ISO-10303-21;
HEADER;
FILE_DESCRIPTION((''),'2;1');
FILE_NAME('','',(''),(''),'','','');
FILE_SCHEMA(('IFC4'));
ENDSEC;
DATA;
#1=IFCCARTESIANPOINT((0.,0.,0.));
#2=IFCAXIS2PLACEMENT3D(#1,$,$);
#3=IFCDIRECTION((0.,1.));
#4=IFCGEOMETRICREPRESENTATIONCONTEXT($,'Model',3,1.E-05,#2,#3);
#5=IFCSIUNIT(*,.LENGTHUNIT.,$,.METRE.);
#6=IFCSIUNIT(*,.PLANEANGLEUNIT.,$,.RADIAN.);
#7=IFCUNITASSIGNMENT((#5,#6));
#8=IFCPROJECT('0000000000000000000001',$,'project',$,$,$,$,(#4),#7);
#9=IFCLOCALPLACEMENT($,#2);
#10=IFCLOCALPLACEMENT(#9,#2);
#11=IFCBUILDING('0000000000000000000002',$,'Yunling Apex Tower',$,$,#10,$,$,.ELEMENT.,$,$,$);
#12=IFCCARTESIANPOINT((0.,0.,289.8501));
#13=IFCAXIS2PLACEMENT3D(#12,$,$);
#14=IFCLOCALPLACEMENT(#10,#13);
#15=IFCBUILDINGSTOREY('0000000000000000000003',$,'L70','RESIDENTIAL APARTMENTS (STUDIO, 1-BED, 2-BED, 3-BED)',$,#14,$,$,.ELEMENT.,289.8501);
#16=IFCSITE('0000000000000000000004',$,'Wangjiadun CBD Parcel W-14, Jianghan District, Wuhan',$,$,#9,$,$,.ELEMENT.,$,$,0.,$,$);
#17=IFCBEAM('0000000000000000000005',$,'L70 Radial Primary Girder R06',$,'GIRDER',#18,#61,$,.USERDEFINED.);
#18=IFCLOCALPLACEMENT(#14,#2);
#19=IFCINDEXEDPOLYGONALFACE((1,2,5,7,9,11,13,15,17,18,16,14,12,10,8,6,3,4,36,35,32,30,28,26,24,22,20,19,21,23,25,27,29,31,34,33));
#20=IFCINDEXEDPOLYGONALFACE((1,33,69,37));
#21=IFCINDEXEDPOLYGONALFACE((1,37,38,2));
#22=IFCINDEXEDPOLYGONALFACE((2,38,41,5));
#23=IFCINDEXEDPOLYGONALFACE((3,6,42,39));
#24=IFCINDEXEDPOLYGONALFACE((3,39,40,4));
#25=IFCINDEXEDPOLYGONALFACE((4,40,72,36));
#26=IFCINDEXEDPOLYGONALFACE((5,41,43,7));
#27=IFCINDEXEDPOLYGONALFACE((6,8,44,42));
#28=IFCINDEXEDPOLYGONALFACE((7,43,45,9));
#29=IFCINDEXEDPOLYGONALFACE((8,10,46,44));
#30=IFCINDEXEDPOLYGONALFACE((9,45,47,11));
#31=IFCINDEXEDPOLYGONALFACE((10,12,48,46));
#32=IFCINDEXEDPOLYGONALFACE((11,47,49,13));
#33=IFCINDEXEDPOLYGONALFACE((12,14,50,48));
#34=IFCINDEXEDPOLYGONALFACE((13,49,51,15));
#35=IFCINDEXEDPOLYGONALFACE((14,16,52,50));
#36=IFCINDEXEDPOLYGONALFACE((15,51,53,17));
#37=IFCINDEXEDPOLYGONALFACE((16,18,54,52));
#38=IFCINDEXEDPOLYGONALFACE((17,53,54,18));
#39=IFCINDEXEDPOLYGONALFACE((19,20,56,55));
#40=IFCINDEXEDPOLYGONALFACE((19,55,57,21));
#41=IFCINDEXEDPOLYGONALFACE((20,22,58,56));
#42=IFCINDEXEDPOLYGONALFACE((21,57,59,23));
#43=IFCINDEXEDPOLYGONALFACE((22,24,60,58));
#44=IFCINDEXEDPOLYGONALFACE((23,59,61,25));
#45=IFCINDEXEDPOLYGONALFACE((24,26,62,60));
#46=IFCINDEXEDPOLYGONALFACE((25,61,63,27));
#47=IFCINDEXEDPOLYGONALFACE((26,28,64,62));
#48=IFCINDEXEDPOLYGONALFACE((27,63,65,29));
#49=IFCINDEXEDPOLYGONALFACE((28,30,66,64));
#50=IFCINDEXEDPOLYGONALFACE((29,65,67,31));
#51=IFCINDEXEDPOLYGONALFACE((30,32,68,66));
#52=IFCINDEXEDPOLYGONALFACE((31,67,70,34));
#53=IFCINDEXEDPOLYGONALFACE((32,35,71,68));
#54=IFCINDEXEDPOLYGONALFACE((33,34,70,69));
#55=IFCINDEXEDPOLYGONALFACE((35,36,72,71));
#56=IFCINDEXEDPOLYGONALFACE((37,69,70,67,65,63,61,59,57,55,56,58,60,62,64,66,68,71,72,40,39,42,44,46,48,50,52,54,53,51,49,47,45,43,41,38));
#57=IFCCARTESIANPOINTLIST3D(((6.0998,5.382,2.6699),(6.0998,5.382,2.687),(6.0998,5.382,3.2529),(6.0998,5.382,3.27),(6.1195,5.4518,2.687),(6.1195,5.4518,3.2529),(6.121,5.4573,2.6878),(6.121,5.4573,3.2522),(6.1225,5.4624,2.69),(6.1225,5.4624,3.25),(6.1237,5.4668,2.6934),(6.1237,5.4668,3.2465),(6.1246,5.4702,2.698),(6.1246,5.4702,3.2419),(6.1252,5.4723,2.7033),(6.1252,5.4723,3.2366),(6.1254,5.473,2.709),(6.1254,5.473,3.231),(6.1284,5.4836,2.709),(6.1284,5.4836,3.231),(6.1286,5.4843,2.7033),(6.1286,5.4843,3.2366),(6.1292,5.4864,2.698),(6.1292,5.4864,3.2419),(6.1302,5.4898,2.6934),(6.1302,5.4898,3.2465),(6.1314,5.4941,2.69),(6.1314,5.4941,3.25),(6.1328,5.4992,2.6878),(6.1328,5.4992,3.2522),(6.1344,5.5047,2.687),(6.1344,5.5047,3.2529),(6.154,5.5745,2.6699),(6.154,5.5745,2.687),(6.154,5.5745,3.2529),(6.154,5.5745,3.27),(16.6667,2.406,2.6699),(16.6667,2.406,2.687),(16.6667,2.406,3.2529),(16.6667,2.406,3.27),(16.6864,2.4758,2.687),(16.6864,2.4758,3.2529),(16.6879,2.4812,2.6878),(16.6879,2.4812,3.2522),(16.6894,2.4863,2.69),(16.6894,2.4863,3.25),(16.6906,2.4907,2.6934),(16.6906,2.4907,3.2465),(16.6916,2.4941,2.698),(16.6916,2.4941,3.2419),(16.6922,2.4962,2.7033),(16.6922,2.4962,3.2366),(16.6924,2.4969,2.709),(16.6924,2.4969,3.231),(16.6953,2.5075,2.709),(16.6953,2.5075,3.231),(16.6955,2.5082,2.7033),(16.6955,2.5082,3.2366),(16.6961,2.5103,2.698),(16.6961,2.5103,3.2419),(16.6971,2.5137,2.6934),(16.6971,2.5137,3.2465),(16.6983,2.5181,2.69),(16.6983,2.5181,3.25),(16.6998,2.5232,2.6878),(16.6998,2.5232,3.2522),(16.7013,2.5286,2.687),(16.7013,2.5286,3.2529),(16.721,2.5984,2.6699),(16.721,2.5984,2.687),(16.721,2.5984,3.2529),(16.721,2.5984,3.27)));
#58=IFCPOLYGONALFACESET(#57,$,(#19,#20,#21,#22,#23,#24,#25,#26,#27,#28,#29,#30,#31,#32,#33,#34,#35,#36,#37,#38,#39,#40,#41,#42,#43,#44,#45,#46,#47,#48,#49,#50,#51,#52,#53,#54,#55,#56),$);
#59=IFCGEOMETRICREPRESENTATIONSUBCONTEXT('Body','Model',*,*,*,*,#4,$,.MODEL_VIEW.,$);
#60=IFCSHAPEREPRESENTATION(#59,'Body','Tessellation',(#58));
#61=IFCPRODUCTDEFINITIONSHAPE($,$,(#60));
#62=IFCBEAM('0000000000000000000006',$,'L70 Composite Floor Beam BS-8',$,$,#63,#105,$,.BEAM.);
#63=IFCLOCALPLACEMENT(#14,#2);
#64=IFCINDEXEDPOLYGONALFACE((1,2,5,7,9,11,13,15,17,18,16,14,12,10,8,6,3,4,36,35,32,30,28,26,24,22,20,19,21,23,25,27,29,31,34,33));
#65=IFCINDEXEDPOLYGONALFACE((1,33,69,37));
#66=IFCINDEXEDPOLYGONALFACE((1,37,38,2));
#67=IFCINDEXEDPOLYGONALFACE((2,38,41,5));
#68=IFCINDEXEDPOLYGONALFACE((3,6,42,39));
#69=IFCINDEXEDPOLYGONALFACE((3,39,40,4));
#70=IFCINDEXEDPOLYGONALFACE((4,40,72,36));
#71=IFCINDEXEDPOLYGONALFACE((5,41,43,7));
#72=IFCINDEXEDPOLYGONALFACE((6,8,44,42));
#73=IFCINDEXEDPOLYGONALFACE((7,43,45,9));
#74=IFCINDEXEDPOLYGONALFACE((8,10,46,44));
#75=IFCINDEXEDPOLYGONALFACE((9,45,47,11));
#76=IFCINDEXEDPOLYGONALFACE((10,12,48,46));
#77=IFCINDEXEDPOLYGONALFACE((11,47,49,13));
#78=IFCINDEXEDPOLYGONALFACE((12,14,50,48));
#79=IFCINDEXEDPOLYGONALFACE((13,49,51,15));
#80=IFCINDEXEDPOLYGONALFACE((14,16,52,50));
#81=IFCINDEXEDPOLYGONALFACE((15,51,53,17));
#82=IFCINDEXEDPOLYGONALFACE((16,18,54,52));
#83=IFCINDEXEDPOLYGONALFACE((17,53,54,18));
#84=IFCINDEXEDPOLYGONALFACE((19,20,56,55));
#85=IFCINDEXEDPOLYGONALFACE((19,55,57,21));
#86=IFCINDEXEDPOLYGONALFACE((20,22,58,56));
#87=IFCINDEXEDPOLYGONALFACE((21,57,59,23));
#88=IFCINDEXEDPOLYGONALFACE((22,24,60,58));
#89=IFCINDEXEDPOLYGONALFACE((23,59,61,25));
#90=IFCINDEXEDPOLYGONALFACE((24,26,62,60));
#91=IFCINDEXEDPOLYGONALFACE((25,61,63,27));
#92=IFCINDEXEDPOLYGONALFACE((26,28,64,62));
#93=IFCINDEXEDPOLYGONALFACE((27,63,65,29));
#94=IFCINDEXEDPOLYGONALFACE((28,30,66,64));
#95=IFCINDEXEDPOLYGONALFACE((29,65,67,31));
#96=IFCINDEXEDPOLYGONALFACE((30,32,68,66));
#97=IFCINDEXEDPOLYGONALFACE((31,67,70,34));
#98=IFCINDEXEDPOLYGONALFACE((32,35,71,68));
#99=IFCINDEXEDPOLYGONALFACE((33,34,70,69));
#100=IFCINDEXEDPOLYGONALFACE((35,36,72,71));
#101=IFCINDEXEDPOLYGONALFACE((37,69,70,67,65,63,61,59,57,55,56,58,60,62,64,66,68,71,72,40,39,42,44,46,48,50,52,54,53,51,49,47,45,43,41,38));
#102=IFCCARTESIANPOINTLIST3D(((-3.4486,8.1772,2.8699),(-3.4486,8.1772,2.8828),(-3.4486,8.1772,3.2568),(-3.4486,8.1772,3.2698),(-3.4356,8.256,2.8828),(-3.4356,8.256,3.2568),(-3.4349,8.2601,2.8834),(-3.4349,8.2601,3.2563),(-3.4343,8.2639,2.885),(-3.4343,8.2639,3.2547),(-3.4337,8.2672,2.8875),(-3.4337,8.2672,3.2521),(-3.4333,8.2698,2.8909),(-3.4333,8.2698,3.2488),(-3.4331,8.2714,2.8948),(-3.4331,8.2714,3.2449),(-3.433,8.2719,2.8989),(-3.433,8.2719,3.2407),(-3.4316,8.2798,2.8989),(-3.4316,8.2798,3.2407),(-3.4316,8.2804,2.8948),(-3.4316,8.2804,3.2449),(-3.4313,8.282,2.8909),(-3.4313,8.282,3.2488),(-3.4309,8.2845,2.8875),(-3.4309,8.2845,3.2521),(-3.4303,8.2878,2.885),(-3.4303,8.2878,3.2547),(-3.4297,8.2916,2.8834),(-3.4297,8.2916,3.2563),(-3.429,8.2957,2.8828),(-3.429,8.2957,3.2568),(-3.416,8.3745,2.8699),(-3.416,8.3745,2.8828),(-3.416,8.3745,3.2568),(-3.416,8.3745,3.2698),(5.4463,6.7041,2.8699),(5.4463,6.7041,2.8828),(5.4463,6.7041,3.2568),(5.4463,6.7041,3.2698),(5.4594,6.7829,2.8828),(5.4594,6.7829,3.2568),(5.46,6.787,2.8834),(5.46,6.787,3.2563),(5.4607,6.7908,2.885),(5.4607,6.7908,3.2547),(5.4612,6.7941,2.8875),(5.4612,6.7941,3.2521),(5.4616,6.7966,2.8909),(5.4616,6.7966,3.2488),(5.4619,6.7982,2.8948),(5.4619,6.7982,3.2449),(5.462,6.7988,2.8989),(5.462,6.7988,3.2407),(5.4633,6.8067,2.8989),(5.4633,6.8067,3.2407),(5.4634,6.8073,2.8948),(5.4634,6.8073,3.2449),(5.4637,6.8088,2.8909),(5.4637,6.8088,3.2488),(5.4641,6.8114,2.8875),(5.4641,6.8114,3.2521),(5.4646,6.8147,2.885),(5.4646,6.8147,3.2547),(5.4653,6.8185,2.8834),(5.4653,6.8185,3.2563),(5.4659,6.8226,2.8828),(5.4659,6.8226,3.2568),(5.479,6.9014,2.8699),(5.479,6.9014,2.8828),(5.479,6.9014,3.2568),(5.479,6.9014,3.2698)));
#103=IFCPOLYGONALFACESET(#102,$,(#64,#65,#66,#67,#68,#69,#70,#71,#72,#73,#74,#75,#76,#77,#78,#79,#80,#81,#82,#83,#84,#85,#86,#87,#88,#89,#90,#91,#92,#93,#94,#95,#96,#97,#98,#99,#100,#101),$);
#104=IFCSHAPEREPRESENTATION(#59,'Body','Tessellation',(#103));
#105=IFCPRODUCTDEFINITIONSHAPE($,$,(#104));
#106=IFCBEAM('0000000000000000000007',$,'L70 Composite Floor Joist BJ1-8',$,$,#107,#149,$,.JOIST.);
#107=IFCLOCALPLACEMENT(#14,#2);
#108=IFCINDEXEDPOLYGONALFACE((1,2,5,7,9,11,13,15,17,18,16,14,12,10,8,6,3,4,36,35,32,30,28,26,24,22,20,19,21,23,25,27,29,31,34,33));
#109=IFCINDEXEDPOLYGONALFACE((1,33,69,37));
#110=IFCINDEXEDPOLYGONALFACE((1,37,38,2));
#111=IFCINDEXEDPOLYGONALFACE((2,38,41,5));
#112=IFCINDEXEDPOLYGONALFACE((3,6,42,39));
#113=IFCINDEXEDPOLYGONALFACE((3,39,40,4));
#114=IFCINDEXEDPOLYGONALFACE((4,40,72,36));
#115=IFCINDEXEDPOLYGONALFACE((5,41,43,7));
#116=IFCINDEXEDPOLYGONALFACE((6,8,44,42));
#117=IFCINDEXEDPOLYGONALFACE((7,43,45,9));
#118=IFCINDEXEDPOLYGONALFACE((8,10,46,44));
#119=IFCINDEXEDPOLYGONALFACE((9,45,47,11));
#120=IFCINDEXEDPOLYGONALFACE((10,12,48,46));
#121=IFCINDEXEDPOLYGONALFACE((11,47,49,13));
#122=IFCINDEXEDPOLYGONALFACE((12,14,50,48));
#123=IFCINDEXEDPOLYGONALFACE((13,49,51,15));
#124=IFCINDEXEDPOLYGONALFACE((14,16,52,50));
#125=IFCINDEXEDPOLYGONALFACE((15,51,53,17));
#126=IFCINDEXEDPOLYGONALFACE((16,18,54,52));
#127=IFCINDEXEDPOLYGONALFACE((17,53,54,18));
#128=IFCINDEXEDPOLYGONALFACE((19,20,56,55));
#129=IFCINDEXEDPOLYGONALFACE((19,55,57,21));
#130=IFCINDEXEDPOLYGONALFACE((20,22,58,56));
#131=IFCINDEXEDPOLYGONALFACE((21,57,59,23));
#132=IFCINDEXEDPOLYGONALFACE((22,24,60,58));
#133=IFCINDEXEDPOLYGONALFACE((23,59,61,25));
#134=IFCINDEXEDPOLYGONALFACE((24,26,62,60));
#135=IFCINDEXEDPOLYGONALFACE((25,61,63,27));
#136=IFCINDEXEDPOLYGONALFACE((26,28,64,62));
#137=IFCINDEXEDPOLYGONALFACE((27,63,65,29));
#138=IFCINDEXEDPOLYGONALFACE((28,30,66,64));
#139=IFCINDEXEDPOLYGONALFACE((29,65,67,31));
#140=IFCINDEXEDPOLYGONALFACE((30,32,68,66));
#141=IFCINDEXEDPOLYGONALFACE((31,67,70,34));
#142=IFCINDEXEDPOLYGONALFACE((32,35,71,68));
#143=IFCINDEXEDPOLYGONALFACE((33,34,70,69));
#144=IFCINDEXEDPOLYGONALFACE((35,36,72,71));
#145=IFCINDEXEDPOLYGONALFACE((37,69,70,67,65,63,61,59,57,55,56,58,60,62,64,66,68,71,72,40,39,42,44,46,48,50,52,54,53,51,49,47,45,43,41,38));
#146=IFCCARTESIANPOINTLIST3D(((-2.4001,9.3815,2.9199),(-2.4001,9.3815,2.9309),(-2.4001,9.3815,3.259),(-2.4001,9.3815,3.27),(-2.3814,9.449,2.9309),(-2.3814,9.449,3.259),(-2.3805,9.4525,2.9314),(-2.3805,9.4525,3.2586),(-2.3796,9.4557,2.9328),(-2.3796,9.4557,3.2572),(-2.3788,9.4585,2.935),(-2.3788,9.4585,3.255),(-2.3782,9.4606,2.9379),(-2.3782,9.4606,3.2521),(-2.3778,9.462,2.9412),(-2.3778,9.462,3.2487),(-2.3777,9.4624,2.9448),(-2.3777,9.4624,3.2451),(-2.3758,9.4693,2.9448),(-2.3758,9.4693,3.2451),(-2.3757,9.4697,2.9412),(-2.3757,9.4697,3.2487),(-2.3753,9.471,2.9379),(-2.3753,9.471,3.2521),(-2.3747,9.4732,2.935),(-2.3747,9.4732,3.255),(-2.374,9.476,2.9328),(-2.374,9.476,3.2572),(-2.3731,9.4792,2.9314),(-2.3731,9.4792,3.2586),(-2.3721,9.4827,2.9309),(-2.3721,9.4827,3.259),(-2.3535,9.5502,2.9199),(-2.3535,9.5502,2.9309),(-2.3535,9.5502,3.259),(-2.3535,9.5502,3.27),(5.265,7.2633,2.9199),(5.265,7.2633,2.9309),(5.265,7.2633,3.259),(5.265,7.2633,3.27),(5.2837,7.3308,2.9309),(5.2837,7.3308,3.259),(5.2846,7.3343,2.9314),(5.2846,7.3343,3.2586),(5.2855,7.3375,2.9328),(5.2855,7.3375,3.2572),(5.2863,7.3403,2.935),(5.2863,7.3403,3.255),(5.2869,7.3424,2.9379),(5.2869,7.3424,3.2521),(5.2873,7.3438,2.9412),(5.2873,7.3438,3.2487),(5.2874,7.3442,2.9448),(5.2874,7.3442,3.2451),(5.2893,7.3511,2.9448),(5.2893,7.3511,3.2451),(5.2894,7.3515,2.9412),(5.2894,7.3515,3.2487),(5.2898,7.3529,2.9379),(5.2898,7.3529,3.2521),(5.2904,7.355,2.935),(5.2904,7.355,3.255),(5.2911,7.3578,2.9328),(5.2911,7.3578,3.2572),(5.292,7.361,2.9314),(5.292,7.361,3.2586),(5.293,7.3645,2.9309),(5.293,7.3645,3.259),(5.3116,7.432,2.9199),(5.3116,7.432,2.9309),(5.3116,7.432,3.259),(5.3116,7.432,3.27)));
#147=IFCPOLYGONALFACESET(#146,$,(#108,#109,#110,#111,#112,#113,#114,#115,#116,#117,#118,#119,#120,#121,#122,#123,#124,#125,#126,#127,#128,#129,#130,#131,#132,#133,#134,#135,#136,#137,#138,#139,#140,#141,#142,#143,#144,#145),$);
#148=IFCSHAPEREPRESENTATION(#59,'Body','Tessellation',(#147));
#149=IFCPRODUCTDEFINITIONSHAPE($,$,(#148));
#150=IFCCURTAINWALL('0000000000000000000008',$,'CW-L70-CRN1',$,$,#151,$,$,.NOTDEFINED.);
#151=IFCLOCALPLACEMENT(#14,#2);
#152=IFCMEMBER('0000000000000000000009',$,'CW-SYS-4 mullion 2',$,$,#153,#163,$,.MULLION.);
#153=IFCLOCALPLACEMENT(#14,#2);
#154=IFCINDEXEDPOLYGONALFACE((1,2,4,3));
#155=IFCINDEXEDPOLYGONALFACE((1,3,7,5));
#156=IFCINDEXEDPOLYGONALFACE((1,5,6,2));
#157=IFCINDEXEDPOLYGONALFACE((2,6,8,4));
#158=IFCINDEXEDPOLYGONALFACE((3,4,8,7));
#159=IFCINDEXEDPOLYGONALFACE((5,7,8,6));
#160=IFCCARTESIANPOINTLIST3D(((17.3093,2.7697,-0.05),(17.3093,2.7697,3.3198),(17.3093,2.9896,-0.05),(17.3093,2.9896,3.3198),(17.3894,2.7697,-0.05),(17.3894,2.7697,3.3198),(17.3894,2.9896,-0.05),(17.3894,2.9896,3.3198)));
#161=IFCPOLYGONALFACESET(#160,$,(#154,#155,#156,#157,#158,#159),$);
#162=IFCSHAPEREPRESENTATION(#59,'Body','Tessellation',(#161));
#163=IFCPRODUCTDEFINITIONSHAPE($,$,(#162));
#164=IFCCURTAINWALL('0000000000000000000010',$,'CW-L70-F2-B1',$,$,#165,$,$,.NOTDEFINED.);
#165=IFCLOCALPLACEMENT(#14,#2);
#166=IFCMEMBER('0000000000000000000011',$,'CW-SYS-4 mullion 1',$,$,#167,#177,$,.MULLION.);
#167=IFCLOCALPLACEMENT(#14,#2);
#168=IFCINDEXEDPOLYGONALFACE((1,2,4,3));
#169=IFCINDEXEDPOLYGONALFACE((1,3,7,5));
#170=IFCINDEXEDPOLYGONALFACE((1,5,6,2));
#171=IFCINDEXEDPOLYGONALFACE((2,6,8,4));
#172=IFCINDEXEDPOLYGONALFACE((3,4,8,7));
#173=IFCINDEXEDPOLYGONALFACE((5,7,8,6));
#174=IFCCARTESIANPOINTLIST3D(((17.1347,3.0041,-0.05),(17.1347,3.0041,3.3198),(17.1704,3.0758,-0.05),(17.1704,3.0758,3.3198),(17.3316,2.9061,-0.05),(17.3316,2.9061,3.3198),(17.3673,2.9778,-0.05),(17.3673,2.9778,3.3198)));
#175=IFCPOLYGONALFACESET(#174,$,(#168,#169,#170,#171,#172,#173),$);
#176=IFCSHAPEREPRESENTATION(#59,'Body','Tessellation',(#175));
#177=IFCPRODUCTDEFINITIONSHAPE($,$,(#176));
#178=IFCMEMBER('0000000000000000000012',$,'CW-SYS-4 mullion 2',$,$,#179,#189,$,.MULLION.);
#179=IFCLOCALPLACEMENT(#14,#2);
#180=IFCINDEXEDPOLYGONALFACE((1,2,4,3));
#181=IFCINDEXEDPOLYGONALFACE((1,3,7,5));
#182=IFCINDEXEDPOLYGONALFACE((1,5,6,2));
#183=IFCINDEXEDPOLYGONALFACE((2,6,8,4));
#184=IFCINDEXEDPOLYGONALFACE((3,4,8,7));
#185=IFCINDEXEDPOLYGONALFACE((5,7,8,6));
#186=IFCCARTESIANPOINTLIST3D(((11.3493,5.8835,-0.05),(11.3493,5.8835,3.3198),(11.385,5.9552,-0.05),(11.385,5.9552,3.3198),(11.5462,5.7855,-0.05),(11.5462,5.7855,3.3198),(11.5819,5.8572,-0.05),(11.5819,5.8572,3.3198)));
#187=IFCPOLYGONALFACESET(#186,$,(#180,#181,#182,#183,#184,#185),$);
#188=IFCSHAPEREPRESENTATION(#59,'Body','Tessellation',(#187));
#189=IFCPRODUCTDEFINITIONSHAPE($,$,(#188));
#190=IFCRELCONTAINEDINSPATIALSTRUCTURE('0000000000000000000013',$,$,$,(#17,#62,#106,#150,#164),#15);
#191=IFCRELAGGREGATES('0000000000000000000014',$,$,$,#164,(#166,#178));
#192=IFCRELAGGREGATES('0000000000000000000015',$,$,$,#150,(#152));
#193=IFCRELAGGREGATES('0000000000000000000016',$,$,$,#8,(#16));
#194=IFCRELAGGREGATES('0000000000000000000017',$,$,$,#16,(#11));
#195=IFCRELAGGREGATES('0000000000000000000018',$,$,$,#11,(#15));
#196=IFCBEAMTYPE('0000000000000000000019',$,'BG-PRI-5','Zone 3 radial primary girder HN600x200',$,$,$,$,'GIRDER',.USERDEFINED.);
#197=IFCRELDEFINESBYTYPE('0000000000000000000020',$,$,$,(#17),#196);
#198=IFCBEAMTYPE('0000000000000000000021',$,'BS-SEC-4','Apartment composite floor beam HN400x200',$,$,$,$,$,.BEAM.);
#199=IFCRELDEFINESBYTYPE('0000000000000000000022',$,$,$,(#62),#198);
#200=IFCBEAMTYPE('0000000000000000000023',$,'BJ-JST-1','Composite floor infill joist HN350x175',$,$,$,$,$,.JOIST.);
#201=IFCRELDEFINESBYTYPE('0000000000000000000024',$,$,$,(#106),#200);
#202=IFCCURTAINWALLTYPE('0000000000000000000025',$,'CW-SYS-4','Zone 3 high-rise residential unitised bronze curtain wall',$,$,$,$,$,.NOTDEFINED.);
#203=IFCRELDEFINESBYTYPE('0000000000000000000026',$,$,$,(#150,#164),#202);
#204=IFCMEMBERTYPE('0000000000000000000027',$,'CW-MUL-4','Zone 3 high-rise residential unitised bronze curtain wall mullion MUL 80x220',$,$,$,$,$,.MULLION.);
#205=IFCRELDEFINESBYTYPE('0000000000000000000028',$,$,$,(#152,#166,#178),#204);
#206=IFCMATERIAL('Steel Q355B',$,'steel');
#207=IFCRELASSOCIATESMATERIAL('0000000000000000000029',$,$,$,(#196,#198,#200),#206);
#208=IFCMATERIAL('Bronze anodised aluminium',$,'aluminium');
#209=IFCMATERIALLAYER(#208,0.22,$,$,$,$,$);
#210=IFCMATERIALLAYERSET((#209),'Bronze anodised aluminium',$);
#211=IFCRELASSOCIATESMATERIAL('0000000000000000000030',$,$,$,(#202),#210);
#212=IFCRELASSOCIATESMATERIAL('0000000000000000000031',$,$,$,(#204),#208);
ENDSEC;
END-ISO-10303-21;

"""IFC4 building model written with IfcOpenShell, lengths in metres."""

from ifc_helpers import new_model, si_unit, direction, frame, origin, origin_2d, place, context, subcontext, project, spatial, rectangle, i_section, extrude, source, transform, mapped, material, layer, layer_set, material_profile, profile_set, type_object, element, aggregate, save


model = new_model("IFC4")

# Units and contexts
model_context = context("Model", 3, precision=1e-05, world=origin(), true_north=direction((0.0, 1.0)))
body_context = subcontext(model_context, "Body", "Model", "MODEL_VIEW")
ifc_project = project(units=[si_unit("LENGTHUNIT", "METRE"), si_unit("PLANEANGLEUNIT", "RADIAN")], contexts=[model_context])

# Site, building, storey
site_placement = place(None, origin())
site = spatial("IfcSite", under=ifc_project, at=site_placement, Name="Wangjiadun CBD Parcel W-14, Jianghan District, Wuhan", CompositionType="ELEMENT", RefElevation=0.0)
building_placement = place(site_placement, origin())
building = spatial("IfcBuilding", under=site, at=building_placement, Name="Yunling Apex Tower", CompositionType="ELEMENT")
storey_placement = place(building_placement, frame((0.0, 0.0, 289.8501)))
storey = spatial("IfcBuildingStorey", under=building, at=storey_placement, Name="L70", Description="RESIDENTIAL APARTMENTS (STUDIO, 1-BED, 2-BED, 3-BED)", CompositionType="ELEMENT", Elevation=289.8501)

# Shared definitions
ifc_material_1 = material(Name="Steel Q355B", Category="steel")

# Beams
ifc_material_profile_1 = material_profile(ifc_material_1, i_section(OverallWidth=0.2, OverallDepth=0.6001, WebThickness=0.011, FlangeThickness=0.0171, FilletRadius=0.022, at=origin_2d()))
ifc_profile_set_1 = profile_set([ifc_material_profile_1], Name="Steel Q355B")
beam_type_1 = type_object("IfcBeamType", Name="BG-PRI-5", Description="Zone 3 radial primary girder HN600x200", ElementType="GIRDER", PredefinedType="USERDEFINED", material=ifc_profile_set_1)
shared_shape_1 = source(origin(), body_context, "Body", "SweptSolid", [
    extrude(i_section(OverallWidth=0.2, OverallDepth=0.6001, WebThickness=0.011, FlangeThickness=0.0171, FilletRadius=0.022, at=origin_2d()), origin(), (0.0, 0.0, 1.0), 10.978),
])
beam_1_placement = place(storey_placement, frame((16.6938, 2.5022, 2.97), z_axis=(-0.962553, 0.271095, 0.0), x_axis=(-0.271095, -0.962553, 0.0)))
element("IfcBeam", 1, at=beam_1_placement, inside=storey, type_object=beam_type_1, Name="L70 Radial Primary Girder R06", ObjectType="GIRDER", PredefinedType="USERDEFINED", context=body_context, shape_type="MappedRepresentation", body=[
    mapped(shared_shape_1, transform((0.0, 0.0, 0.0), scale=1.0)),
])
ifc_material_profile_2 = material_profile(ifc_material_1, i_section(OverallWidth=0.2, OverallDepth=0.3999, WebThickness=0.0081, FlangeThickness=0.0129, FilletRadius=0.0161, at=origin_2d()))
ifc_profile_set_2 = profile_set([ifc_material_profile_2], Name="Steel Q355B")
beam_type_2 = type_object("IfcBeamType", Name="BS-SEC-4", Description="Apartment composite floor beam HN400x200", PredefinedType="BEAM", material=ifc_profile_set_2)
shared_shape_2 = source(origin(), body_context, "Body", "SweptSolid", [
    extrude(i_section(OverallWidth=0.2, OverallDepth=0.3999, WebThickness=0.0081, FlangeThickness=0.0129, FilletRadius=0.0161, at=origin_2d()), origin(), (0.0, 0.0, 1.0), 9.0161),
])
beam_2_placement = place(storey_placement, frame((5.4626, 6.8027, 3.0698), z_axis=(-0.986562, 0.163389, 0.0), x_axis=(-0.163389, -0.986562, 0.0)))
element("IfcBeam", 2, at=beam_2_placement, inside=storey, type_object=beam_type_2, Name="L70 Composite Floor Beam BS-8", PredefinedType="BEAM", context=body_context, shape_type="MappedRepresentation", body=[
    mapped(shared_shape_2, transform((0.0, 0.0, 0.0), scale=1.0)),
])
ifc_material_profile_3 = material_profile(ifc_material_1, i_section(OverallWidth=0.175, OverallDepth=0.3501, WebThickness=0.0071, FlangeThickness=0.011, FilletRadius=0.0139, at=origin_2d()))
ifc_profile_set_3 = profile_set([ifc_material_profile_3], Name="Steel Q355B")
beam_type_3 = type_object("IfcBeamType", Name="BJ-JST-1", Description="Composite floor infill joist HN350x175", PredefinedType="JOIST", material=ifc_profile_set_3)
shared_shape_3 = source(origin(), body_context, "Body", "SweptSolid", [
    extrude(i_section(OverallWidth=0.175, OverallDepth=0.3501, WebThickness=0.0071, FlangeThickness=0.011, FilletRadius=0.0139, at=origin_2d()), origin(), (0.0, 0.0, 1.0), 7.9524),
])
beam_3_placement = place(storey_placement, frame((5.2883, 7.3477, 3.095), z_axis=(-0.963874, 0.266358, 0.0), x_axis=(-0.266358, -0.963874, 0.0)))
element("IfcBeam", 3, at=beam_3_placement, inside=storey, type_object=beam_type_3, Name="L70 Composite Floor Joist BJ1-8", PredefinedType="JOIST", context=body_context, shape_type="MappedRepresentation", body=[
    mapped(shared_shape_3, transform((0.0, 0.0, 0.0), scale=1.0)),
])

# Curtain wall, member
ifc_material_2 = material(Name="Bronze anodised aluminium", Category="aluminium")
ifc_layer_1 = layer(ifc_material_2, 0.22)
ifc_layer_set_1 = layer_set([ifc_layer_1], Name="Bronze anodised aluminium")
curtain_wall_type = type_object("IfcCurtainWallType", Name="CW-SYS-4", Description="Zone 3 high-rise residential unitised bronze curtain wall", PredefinedType="NOTDEFINED", material=ifc_layer_set_1)
curtain_wall_1_placement = place(storey_placement, origin())
curtain_wall_1 = element("IfcCurtainWall", 4, at=curtain_wall_1_placement, inside=storey, type_object=curtain_wall_type, Name="CW-L70-CRN1", PredefinedType="NOTDEFINED")
ifc_material_profile_4 = material_profile(ifc_material_2, rectangle(XDim=0.0801, YDim=0.22, at=origin_2d()))
ifc_profile_set_4 = profile_set([ifc_material_profile_4], Name="Bronze anodised aluminium")
member_type_1 = type_object("IfcMemberType", Name="CW-MUL-4", Description="Zone 3 high-rise residential unitised bronze curtain wall mullion MUL 80x220", PredefinedType="MULLION", material=ifc_profile_set_4)
shared_shape_4 = source(origin(), body_context, "Body", "SweptSolid", [
    extrude(rectangle(XDim=0.0801, YDim=0.22, at=origin_2d()), origin(), (0.0, 0.0, 1.0), 3.3699),
])
member_1_placement = place(storey_placement, frame((17.3494, 2.8796, -0.05), z_axis=(0.0, 0.0, 1.0), x_axis=(-1.0, 0.0, 0.0)))
member_1 = element("IfcMember", 5, at=member_1_placement, type_object=member_type_1, Name="CW-SYS-4 mullion 2", PredefinedType="MULLION", context=body_context, shape_type="MappedRepresentation", body=[
    mapped(shared_shape_4, transform((0.0, 0.0, 0.0), scale=1.0)),
])

# Curtain wall, members
curtain_wall_2_placement = place(storey_placement, origin())
curtain_wall_2 = element("IfcCurtainWall", 6, at=curtain_wall_2_placement, inside=storey, type_object=curtain_wall_type, Name="CW-L70-F2-B1", PredefinedType="NOTDEFINED")
member_2_placement = place(storey_placement, frame((17.251, 2.991, -0.05), z_axis=(0.0, 0.0, 1.0), x_axis=(-0.445568, -0.895248, 0.0)))
member_2 = element("IfcMember", 7, at=member_2_placement, type_object=member_type_1, Name="CW-SYS-4 mullion 1", PredefinedType="MULLION", context=body_context, shape_type="MappedRepresentation", body=[
    mapped(shared_shape_4, transform((0.0, 0.0, 0.0), scale=1.0)),
])
member_3_placement = place(storey_placement, frame((11.4656, 5.8704, -0.05), z_axis=(0.0, 0.0, 1.0), x_axis=(-0.445568, -0.895248, 0.0)))
member_3 = element("IfcMember", 8, at=member_3_placement, type_object=member_type_1, Name="CW-SYS-4 mullion 2", PredefinedType="MULLION", context=body_context, shape_type="MappedRepresentation", body=[
    mapped(shared_shape_4, transform((0.0, 0.0, 0.0), scale=1.0)),
])

aggregate(curtain_wall_2, [member_2, member_3])
aggregate(curtain_wall_1, [member_1])

save(model, "model.ifc")
